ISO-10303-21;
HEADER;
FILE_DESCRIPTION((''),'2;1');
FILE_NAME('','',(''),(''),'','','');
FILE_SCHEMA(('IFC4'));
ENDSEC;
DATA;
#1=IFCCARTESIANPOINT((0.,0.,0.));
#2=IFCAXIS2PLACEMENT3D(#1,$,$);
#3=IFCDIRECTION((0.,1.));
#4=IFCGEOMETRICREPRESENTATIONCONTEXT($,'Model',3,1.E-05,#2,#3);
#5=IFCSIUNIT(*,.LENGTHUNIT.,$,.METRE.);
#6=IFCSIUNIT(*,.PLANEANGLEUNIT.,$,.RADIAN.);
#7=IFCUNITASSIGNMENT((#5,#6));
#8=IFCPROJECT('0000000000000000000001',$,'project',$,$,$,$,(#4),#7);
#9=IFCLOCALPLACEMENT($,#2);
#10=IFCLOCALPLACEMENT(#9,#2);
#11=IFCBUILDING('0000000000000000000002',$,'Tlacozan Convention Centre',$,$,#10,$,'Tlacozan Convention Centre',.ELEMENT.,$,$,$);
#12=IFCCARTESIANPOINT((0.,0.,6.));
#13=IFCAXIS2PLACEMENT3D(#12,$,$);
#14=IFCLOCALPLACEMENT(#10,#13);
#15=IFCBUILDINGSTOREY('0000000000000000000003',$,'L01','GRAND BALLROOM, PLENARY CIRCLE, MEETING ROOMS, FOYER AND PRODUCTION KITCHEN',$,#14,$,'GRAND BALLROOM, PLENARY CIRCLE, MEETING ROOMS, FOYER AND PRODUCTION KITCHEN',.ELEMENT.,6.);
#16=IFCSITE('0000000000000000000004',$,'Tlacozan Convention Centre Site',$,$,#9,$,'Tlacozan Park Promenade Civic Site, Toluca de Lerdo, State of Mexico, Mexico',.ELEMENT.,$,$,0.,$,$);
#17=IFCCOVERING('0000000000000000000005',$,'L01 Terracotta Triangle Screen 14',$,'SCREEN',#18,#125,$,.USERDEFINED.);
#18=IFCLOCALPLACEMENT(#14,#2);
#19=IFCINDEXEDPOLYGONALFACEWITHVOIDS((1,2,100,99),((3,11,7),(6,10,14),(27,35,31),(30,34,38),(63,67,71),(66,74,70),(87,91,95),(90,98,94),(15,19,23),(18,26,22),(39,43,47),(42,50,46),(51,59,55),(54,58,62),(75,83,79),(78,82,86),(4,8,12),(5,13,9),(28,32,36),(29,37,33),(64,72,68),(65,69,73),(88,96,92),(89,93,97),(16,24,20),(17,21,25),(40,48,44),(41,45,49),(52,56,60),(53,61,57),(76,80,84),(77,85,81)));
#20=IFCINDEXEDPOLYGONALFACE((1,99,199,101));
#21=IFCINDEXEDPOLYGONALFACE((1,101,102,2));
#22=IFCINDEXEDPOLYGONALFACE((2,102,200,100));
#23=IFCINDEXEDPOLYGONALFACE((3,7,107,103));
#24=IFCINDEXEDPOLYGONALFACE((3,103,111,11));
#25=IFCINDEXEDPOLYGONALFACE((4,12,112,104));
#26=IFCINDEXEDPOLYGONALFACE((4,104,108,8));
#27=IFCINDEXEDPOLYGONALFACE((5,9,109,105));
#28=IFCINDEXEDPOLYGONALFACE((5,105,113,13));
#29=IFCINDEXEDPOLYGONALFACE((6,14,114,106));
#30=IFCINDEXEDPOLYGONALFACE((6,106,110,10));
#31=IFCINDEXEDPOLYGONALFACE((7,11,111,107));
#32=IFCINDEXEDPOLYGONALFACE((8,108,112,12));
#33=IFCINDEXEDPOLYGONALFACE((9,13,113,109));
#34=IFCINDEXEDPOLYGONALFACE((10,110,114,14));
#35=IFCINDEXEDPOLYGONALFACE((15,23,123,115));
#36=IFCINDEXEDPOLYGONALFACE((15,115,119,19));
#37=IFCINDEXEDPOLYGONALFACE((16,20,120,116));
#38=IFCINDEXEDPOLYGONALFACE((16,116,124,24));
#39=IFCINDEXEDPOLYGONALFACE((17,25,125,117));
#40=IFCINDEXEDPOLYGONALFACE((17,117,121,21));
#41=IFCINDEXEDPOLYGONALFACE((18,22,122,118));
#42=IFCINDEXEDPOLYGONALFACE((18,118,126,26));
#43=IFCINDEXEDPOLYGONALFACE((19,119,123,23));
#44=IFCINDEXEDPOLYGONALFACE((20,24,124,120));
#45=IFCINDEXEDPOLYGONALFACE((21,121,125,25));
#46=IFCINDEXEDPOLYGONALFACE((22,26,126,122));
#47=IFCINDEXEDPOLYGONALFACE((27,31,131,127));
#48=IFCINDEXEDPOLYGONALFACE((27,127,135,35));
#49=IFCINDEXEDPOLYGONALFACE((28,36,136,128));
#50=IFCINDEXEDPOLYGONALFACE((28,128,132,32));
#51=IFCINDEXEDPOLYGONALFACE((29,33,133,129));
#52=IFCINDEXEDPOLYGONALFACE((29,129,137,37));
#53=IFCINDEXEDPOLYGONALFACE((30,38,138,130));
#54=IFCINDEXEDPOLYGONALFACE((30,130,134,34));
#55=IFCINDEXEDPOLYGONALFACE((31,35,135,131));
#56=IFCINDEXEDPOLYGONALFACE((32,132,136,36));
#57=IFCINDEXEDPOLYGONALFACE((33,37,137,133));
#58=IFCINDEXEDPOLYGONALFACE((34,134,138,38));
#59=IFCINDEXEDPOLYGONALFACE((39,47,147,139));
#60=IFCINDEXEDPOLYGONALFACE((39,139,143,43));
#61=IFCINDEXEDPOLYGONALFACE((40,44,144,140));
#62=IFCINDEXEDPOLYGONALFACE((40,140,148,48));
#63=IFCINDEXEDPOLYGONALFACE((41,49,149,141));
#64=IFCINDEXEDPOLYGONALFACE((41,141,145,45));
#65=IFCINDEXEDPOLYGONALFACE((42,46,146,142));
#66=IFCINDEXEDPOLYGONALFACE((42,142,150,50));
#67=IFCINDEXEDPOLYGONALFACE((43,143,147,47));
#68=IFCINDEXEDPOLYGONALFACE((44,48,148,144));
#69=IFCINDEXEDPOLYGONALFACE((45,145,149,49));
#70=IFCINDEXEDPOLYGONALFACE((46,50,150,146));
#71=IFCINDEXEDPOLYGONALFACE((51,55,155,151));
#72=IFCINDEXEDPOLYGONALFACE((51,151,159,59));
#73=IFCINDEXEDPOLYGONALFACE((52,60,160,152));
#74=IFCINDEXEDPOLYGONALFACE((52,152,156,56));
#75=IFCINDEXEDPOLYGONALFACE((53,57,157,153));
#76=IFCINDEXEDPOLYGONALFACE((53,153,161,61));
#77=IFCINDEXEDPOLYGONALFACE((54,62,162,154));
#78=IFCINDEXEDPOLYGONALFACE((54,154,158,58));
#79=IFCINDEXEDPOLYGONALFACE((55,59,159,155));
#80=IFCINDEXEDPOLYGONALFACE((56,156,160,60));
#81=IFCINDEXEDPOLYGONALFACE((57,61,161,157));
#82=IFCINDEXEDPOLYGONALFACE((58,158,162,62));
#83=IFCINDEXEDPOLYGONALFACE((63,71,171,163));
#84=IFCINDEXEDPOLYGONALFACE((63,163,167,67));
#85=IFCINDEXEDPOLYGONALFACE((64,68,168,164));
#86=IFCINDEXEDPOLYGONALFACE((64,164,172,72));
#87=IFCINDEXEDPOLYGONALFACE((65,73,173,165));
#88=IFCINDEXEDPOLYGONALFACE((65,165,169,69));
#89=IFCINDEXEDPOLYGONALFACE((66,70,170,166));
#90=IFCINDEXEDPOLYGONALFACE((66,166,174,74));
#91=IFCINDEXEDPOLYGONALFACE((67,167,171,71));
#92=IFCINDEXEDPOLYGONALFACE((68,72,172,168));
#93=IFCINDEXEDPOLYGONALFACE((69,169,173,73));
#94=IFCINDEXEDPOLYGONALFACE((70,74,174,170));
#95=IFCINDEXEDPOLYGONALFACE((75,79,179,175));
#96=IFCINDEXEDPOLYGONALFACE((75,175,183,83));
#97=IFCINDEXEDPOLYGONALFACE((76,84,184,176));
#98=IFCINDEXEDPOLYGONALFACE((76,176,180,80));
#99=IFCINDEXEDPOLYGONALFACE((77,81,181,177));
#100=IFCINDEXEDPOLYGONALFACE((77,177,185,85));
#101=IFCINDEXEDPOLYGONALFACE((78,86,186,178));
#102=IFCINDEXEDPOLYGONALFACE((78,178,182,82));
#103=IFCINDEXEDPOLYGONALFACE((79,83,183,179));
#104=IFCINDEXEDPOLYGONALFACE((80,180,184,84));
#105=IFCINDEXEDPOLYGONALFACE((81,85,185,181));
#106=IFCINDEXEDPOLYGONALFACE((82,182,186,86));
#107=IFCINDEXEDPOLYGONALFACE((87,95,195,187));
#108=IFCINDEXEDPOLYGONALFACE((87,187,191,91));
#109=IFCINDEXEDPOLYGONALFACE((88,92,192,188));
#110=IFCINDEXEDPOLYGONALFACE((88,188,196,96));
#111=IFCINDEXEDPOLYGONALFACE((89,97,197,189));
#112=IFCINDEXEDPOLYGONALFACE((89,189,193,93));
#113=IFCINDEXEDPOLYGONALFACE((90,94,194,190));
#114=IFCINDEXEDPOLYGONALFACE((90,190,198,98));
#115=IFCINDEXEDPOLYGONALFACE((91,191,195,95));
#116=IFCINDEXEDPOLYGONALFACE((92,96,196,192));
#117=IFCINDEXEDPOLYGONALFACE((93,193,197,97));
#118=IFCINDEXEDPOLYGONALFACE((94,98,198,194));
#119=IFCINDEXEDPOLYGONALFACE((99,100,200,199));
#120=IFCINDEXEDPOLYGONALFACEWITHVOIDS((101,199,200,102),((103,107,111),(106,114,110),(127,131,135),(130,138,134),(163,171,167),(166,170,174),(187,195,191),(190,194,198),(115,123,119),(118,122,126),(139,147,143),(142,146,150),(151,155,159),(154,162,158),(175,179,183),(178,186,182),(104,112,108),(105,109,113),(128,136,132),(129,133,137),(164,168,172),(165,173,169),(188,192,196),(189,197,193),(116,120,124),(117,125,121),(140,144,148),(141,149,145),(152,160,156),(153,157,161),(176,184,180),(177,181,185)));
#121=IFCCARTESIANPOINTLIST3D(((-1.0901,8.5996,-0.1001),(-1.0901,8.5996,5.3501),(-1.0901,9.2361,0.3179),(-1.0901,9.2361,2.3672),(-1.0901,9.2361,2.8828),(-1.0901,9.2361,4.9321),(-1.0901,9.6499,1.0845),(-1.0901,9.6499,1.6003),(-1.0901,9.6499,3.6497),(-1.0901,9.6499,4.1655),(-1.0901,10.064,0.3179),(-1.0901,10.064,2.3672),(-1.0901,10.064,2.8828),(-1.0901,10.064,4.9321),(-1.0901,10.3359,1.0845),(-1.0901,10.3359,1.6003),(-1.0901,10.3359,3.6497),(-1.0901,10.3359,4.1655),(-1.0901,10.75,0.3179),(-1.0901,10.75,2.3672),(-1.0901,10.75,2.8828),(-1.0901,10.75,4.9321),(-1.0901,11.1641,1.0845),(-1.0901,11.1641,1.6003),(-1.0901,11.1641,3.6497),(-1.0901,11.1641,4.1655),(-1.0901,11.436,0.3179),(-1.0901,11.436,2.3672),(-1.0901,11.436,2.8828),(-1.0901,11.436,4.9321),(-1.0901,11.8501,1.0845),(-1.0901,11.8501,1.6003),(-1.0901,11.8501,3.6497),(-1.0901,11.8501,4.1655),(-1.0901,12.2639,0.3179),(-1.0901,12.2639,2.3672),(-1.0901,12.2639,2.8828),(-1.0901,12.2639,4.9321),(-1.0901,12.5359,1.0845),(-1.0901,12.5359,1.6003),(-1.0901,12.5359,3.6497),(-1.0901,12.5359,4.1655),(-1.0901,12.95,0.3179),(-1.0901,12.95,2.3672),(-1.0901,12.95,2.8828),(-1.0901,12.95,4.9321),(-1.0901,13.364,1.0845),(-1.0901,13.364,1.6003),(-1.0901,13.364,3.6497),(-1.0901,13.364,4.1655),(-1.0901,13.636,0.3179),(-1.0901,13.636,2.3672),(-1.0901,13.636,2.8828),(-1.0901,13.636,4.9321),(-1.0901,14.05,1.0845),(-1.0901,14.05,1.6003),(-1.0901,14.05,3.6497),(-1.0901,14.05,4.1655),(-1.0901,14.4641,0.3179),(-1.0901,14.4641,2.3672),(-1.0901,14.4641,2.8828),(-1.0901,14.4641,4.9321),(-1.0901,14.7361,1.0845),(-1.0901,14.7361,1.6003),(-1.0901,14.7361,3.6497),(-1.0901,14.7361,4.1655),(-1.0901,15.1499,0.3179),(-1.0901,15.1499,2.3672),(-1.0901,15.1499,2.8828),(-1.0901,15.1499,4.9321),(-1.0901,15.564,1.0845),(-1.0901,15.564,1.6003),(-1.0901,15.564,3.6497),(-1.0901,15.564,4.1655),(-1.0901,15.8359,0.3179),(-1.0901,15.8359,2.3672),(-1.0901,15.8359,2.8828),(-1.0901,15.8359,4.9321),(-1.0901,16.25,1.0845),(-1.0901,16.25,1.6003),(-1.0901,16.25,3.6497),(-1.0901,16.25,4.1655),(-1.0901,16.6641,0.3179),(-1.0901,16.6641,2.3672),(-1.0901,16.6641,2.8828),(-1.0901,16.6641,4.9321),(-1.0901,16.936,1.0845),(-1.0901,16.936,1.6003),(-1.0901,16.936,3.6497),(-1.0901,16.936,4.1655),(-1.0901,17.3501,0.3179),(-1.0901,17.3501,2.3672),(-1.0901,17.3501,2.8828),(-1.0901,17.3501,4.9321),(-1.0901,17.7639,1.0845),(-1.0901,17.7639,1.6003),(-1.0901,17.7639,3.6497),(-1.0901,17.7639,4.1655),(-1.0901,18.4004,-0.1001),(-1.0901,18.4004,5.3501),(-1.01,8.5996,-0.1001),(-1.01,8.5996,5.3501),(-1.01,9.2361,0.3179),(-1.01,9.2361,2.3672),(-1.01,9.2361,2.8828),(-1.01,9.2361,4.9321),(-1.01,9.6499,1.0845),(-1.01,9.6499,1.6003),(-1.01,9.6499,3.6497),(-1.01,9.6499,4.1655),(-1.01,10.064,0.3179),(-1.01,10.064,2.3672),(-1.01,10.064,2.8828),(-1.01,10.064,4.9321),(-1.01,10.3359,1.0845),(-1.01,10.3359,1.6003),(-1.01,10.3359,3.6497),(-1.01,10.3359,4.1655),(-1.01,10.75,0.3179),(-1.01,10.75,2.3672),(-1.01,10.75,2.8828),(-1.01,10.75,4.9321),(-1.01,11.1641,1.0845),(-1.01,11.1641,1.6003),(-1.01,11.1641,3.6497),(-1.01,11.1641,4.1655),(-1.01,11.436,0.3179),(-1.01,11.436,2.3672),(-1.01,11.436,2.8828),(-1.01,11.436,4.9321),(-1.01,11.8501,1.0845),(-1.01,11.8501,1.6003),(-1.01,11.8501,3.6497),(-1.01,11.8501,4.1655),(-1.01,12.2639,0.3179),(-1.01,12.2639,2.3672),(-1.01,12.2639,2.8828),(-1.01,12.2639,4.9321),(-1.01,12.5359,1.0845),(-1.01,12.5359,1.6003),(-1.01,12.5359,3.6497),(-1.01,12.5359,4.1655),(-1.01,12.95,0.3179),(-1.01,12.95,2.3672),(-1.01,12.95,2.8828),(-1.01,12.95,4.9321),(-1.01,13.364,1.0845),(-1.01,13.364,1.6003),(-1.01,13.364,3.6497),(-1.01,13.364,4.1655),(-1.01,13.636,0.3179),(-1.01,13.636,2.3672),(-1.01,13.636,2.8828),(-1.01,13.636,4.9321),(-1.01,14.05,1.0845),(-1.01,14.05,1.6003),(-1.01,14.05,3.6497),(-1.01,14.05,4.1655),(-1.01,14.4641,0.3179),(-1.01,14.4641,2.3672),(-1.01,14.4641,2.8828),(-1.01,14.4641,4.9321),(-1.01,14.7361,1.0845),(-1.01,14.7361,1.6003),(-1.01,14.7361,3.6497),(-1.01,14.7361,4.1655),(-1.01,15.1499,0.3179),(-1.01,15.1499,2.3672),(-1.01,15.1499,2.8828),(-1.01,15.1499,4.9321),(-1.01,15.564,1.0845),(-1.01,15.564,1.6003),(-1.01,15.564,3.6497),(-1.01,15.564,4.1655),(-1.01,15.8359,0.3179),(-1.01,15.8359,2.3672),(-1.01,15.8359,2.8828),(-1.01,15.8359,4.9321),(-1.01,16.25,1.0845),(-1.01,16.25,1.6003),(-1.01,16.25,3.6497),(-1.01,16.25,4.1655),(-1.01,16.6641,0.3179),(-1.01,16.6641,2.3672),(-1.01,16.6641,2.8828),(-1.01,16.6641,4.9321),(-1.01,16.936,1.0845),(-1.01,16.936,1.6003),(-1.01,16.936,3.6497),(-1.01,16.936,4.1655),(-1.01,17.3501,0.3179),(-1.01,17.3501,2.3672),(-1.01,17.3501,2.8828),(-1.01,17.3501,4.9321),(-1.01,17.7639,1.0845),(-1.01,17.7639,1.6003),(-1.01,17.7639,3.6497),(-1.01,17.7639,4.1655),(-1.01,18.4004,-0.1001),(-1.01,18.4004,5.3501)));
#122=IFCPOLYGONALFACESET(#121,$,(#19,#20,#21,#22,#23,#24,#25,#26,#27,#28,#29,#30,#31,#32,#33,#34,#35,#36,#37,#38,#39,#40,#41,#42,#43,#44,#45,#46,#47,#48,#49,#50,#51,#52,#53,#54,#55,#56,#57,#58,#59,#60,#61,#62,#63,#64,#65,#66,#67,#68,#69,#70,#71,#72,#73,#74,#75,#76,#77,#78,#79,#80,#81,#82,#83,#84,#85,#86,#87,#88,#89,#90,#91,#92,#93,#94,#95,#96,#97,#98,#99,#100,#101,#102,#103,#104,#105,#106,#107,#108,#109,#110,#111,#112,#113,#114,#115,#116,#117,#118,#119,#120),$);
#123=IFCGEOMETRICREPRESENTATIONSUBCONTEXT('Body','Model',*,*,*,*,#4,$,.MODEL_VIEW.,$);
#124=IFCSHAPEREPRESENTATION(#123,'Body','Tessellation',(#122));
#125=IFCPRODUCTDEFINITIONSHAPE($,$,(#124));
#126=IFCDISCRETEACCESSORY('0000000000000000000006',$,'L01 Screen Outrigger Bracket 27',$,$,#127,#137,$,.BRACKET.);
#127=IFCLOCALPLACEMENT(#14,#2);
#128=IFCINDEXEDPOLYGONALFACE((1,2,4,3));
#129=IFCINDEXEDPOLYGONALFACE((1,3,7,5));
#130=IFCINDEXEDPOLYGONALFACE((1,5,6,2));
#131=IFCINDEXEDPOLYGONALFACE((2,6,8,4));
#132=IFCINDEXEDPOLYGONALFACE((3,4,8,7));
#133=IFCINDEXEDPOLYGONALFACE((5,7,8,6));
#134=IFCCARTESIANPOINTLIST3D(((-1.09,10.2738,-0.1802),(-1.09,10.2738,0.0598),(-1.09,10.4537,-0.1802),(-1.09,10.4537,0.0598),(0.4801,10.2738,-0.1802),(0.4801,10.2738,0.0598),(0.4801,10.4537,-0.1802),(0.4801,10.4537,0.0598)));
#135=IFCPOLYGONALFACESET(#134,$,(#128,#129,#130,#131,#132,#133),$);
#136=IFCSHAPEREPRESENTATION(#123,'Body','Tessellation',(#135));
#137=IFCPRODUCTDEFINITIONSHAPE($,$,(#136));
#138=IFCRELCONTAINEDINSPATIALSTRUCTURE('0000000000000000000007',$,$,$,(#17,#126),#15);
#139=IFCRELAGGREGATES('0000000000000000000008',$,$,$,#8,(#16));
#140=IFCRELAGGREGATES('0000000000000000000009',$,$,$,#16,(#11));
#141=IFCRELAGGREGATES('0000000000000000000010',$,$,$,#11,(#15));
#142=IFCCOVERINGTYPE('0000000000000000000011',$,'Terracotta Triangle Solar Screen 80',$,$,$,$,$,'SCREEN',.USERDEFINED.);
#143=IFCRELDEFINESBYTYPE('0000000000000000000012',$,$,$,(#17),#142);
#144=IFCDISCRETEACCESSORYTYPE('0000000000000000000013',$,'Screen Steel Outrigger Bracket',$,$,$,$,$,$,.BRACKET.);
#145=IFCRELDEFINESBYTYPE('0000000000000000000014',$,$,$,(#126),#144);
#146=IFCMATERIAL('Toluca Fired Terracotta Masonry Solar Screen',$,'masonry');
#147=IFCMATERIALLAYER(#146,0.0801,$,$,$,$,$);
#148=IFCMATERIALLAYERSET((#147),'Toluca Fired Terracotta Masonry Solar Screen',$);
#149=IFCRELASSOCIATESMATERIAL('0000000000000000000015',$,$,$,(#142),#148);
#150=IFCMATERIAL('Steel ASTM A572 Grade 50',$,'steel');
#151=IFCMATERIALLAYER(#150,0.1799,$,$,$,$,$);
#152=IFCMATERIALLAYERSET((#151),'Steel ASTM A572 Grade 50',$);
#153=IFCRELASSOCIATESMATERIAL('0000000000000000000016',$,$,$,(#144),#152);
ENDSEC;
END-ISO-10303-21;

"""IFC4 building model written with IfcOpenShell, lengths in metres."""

from ifc_helpers import new_model, si_unit, direction, frame, origin, origin_2d, place, context, subcontext, project, spatial, polyline, rectangle, outline, extrude, material, layer, layer_set, type_object, element, save


model = new_model("IFC4")

# Units and contexts
model_context = context("Model", 3, precision=1e-05, world=origin(), true_north=direction((0.0, 1.0)))
body_context = subcontext(model_context, "Body", "Model", "MODEL_VIEW")
ifc_project = project(units=[si_unit("LENGTHUNIT", "METRE"), si_unit("PLANEANGLEUNIT", "RADIAN")], contexts=[model_context])

# Site, building, storey
site_placement = place(None, origin())
site = spatial("IfcSite", under=ifc_project, at=site_placement, Name="Tlacozan Convention Centre Site", LongName="Tlacozan Park Promenade Civic Site, Toluca de Lerdo, State of Mexico, Mexico", CompositionType="ELEMENT", RefElevation=0.0)
building_placement = place(site_placement, origin())
building = spatial("IfcBuilding", under=site, at=building_placement, Name="Tlacozan Convention Centre", LongName="Tlacozan Convention Centre", CompositionType="ELEMENT")
storey_placement = place(building_placement, frame((0.0, 0.0, 6.0)))
storey = spatial("IfcBuildingStorey", under=building, at=storey_placement, Name="L01", Description="GRAND BALLROOM, PLENARY CIRCLE, MEETING ROOMS, FOYER AND PRODUCTION KITCHEN", LongName="GRAND BALLROOM, PLENARY CIRCLE, MEETING ROOMS, FOYER AND PRODUCTION KITCHEN", CompositionType="ELEMENT", Elevation=6.0)

# Covering
ifc_material_1 = material(Name="Toluca Fired Terracotta Masonry Solar Screen", Category="masonry")
ifc_layer_1 = layer(ifc_material_1, 0.0801)
ifc_layer_set_1 = layer_set([ifc_layer_1], Name="Toluca Fired Terracotta Masonry Solar Screen")
covering_type = type_object("IfcCoveringType", Name="Terracotta Triangle Solar Screen 80", ElementType="SCREEN", PredefinedType="USERDEFINED", material=ifc_layer_set_1)
covering_placement = place(storey_placement, frame((-1.05, 8.5996, -0.1001), z_axis=(0.0, 0.0, 1.0), x_axis=(0.0, 1.0, 0.0)))
element("IfcCovering", 1, at=covering_placement, inside=storey, type_object=covering_type, Name="L01 Terracotta Triangle Screen 14", ObjectType="SCREEN", PredefinedType="USERDEFINED", context=body_context, shape_type="SweptSolid", body=[
    extrude(outline(polyline([(0.0, 0.0), (9.8008, 0.0), (9.8008, 5.4502), (0.0, 5.4502), (0.0, 0.0)]), holes=[polyline([(0.6365, 0.418), (1.4644, 0.418), (1.0503, 1.1846), (0.6365, 0.418)]), polyline([(1.7363, 1.1846), (2.5645, 1.1846), (2.1504, 0.418), (1.7363, 1.1846)]), polyline([(2.8364, 0.418), (3.6643, 0.418), (3.2505, 1.1846), (2.8364, 0.418)]), polyline([(3.9363, 1.1846), (4.7644, 1.1846), (4.3503, 0.418), (3.9363, 1.1846)]), polyline([(5.0364, 0.418), (5.8645, 0.418), (5.4504, 1.1846), (5.0364, 0.418)]), polyline([(6.1365, 1.1846), (6.9644, 1.1846), (6.5503, 0.418), (6.1365, 1.1846)]), polyline([(7.2363, 0.418), (8.0645, 0.418), (7.6504, 1.1846), (7.2363, 0.418)]), polyline([(8.3364, 1.1846), (9.1643, 1.1846), (8.7505, 0.418), (8.3364, 1.1846)]), polyline([(0.6365, 2.4673), (1.4644, 2.4673), (1.0503, 1.7004), (0.6365, 2.4673)]), polyline([(1.7363, 1.7004), (2.5645, 1.7004), (2.1504, 2.4673), (1.7363, 1.7004)]), polyline([(2.8364, 2.4673), (3.6643, 2.4673), (3.2505, 1.7004), (2.8364, 2.4673)]), polyline([(3.9363, 1.7004), (4.7644, 1.7004), (4.3503, 2.4673), (3.9363, 1.7004)]), polyline([(5.0364, 2.4673), (5.8645, 2.4673), (5.4504, 1.7004), (5.0364, 2.4673)]), polyline([(6.1365, 1.7004), (6.9644, 1.7004), (6.5503, 2.4673), (6.1365, 1.7004)]), polyline([(7.2363, 2.4673), (8.0645, 2.4673), (7.6504, 1.7004), (7.2363, 2.4673)]), polyline([(8.3364, 1.7004), (9.1643, 1.7004), (8.7505, 2.4673), (8.3364, 1.7004)]), polyline([(0.6365, 2.9829), (1.4644, 2.9829), (1.0503, 3.7498), (0.6365, 2.9829)]), polyline([(1.7363, 3.7498), (2.5645, 3.7498), (2.1504, 2.9829), (1.7363, 3.7498)]), polyline([(2.8364, 2.9829), (3.6643, 2.9829), (3.2505, 3.7498), (2.8364, 2.9829)]), polyline([(3.9363, 3.7498), (4.7644, 3.7498), (4.3503, 2.9829), (3.9363, 3.7498)]), polyline([(5.0364, 2.9829), (5.8645, 2.9829), (5.4504, 3.7498), (5.0364, 2.9829)]), polyline([(6.1365, 3.7498), (6.9644, 3.7498), (6.5503, 2.9829), (6.1365, 3.7498)]), polyline([(7.2363, 2.9829), (8.0645, 2.9829), (7.6504, 3.7498), (7.2363, 2.9829)]), polyline([(8.3364, 3.7498), (9.1643, 3.7498), (8.7505, 2.9829), (8.3364, 3.7498)]), polyline([(0.6365, 5.0322), (1.4644, 5.0322), (1.0503, 4.2656), (0.6365, 5.0322)]), polyline([(1.7363, 4.2656), (2.5645, 4.2656), (2.1504, 5.0322), (1.7363, 4.2656)]), polyline([(2.8364, 5.0322), (3.6643, 5.0322), (3.2505, 4.2656), (2.8364, 5.0322)]), polyline([(3.9363, 4.2656), (4.7644, 4.2656), (4.3503, 5.0322), (3.9363, 4.2656)]), polyline([(5.0364, 5.0322), (5.8645, 5.0322), (5.4504, 4.2656), (5.0364, 5.0322)]), polyline([(6.1365, 4.2656), (6.9644, 4.2656), (6.5503, 5.0322), (6.1365, 4.2656)]), polyline([(7.2363, 5.0322), (8.0645, 5.0322), (7.6504, 4.2656), (7.2363, 5.0322)]), polyline([(8.3364, 4.2656), (9.1643, 4.2656), (8.7505, 5.0322), (8.3364, 4.2656)])]), frame((0.0, 0.04, 0.0), z_axis=(0.0, -1.0, 0.0), x_axis=(1.0, 0.0, 0.0)), (0.0, 0.0, 1.0), 0.0801),
])

# Discrete accessory
ifc_material_2 = material(Name="Steel ASTM A572 Grade 50", Category="steel")
ifc_layer_2 = layer(ifc_material_2, 0.1799)
ifc_layer_set_2 = layer_set([ifc_layer_2], Name="Steel ASTM A572 Grade 50")
discrete_accessory_type = type_object("IfcDiscreteAccessoryType", Name="Screen Steel Outrigger Bracket", PredefinedType="BRACKET", material=ifc_layer_set_2)
discrete_accessory_placement = place(storey_placement, frame((-0.3049, 10.3638, -0.1802), z_axis=(0.0, 0.0, 1.0), x_axis=(1.0, 0.0, 0.0)))
element("IfcDiscreteAccessory", 2, at=discrete_accessory_placement, inside=storey, type_object=discrete_accessory_type, Name="L01 Screen Outrigger Bracket 27", PredefinedType="BRACKET", context=body_context, shape_type="SweptSolid", body=[
    extrude(rectangle(XDim=1.5701, YDim=0.1799, at=origin_2d()), origin(), (0.0, 0.0, 1.0), 0.24),
])

save(model, "model.ifc")
